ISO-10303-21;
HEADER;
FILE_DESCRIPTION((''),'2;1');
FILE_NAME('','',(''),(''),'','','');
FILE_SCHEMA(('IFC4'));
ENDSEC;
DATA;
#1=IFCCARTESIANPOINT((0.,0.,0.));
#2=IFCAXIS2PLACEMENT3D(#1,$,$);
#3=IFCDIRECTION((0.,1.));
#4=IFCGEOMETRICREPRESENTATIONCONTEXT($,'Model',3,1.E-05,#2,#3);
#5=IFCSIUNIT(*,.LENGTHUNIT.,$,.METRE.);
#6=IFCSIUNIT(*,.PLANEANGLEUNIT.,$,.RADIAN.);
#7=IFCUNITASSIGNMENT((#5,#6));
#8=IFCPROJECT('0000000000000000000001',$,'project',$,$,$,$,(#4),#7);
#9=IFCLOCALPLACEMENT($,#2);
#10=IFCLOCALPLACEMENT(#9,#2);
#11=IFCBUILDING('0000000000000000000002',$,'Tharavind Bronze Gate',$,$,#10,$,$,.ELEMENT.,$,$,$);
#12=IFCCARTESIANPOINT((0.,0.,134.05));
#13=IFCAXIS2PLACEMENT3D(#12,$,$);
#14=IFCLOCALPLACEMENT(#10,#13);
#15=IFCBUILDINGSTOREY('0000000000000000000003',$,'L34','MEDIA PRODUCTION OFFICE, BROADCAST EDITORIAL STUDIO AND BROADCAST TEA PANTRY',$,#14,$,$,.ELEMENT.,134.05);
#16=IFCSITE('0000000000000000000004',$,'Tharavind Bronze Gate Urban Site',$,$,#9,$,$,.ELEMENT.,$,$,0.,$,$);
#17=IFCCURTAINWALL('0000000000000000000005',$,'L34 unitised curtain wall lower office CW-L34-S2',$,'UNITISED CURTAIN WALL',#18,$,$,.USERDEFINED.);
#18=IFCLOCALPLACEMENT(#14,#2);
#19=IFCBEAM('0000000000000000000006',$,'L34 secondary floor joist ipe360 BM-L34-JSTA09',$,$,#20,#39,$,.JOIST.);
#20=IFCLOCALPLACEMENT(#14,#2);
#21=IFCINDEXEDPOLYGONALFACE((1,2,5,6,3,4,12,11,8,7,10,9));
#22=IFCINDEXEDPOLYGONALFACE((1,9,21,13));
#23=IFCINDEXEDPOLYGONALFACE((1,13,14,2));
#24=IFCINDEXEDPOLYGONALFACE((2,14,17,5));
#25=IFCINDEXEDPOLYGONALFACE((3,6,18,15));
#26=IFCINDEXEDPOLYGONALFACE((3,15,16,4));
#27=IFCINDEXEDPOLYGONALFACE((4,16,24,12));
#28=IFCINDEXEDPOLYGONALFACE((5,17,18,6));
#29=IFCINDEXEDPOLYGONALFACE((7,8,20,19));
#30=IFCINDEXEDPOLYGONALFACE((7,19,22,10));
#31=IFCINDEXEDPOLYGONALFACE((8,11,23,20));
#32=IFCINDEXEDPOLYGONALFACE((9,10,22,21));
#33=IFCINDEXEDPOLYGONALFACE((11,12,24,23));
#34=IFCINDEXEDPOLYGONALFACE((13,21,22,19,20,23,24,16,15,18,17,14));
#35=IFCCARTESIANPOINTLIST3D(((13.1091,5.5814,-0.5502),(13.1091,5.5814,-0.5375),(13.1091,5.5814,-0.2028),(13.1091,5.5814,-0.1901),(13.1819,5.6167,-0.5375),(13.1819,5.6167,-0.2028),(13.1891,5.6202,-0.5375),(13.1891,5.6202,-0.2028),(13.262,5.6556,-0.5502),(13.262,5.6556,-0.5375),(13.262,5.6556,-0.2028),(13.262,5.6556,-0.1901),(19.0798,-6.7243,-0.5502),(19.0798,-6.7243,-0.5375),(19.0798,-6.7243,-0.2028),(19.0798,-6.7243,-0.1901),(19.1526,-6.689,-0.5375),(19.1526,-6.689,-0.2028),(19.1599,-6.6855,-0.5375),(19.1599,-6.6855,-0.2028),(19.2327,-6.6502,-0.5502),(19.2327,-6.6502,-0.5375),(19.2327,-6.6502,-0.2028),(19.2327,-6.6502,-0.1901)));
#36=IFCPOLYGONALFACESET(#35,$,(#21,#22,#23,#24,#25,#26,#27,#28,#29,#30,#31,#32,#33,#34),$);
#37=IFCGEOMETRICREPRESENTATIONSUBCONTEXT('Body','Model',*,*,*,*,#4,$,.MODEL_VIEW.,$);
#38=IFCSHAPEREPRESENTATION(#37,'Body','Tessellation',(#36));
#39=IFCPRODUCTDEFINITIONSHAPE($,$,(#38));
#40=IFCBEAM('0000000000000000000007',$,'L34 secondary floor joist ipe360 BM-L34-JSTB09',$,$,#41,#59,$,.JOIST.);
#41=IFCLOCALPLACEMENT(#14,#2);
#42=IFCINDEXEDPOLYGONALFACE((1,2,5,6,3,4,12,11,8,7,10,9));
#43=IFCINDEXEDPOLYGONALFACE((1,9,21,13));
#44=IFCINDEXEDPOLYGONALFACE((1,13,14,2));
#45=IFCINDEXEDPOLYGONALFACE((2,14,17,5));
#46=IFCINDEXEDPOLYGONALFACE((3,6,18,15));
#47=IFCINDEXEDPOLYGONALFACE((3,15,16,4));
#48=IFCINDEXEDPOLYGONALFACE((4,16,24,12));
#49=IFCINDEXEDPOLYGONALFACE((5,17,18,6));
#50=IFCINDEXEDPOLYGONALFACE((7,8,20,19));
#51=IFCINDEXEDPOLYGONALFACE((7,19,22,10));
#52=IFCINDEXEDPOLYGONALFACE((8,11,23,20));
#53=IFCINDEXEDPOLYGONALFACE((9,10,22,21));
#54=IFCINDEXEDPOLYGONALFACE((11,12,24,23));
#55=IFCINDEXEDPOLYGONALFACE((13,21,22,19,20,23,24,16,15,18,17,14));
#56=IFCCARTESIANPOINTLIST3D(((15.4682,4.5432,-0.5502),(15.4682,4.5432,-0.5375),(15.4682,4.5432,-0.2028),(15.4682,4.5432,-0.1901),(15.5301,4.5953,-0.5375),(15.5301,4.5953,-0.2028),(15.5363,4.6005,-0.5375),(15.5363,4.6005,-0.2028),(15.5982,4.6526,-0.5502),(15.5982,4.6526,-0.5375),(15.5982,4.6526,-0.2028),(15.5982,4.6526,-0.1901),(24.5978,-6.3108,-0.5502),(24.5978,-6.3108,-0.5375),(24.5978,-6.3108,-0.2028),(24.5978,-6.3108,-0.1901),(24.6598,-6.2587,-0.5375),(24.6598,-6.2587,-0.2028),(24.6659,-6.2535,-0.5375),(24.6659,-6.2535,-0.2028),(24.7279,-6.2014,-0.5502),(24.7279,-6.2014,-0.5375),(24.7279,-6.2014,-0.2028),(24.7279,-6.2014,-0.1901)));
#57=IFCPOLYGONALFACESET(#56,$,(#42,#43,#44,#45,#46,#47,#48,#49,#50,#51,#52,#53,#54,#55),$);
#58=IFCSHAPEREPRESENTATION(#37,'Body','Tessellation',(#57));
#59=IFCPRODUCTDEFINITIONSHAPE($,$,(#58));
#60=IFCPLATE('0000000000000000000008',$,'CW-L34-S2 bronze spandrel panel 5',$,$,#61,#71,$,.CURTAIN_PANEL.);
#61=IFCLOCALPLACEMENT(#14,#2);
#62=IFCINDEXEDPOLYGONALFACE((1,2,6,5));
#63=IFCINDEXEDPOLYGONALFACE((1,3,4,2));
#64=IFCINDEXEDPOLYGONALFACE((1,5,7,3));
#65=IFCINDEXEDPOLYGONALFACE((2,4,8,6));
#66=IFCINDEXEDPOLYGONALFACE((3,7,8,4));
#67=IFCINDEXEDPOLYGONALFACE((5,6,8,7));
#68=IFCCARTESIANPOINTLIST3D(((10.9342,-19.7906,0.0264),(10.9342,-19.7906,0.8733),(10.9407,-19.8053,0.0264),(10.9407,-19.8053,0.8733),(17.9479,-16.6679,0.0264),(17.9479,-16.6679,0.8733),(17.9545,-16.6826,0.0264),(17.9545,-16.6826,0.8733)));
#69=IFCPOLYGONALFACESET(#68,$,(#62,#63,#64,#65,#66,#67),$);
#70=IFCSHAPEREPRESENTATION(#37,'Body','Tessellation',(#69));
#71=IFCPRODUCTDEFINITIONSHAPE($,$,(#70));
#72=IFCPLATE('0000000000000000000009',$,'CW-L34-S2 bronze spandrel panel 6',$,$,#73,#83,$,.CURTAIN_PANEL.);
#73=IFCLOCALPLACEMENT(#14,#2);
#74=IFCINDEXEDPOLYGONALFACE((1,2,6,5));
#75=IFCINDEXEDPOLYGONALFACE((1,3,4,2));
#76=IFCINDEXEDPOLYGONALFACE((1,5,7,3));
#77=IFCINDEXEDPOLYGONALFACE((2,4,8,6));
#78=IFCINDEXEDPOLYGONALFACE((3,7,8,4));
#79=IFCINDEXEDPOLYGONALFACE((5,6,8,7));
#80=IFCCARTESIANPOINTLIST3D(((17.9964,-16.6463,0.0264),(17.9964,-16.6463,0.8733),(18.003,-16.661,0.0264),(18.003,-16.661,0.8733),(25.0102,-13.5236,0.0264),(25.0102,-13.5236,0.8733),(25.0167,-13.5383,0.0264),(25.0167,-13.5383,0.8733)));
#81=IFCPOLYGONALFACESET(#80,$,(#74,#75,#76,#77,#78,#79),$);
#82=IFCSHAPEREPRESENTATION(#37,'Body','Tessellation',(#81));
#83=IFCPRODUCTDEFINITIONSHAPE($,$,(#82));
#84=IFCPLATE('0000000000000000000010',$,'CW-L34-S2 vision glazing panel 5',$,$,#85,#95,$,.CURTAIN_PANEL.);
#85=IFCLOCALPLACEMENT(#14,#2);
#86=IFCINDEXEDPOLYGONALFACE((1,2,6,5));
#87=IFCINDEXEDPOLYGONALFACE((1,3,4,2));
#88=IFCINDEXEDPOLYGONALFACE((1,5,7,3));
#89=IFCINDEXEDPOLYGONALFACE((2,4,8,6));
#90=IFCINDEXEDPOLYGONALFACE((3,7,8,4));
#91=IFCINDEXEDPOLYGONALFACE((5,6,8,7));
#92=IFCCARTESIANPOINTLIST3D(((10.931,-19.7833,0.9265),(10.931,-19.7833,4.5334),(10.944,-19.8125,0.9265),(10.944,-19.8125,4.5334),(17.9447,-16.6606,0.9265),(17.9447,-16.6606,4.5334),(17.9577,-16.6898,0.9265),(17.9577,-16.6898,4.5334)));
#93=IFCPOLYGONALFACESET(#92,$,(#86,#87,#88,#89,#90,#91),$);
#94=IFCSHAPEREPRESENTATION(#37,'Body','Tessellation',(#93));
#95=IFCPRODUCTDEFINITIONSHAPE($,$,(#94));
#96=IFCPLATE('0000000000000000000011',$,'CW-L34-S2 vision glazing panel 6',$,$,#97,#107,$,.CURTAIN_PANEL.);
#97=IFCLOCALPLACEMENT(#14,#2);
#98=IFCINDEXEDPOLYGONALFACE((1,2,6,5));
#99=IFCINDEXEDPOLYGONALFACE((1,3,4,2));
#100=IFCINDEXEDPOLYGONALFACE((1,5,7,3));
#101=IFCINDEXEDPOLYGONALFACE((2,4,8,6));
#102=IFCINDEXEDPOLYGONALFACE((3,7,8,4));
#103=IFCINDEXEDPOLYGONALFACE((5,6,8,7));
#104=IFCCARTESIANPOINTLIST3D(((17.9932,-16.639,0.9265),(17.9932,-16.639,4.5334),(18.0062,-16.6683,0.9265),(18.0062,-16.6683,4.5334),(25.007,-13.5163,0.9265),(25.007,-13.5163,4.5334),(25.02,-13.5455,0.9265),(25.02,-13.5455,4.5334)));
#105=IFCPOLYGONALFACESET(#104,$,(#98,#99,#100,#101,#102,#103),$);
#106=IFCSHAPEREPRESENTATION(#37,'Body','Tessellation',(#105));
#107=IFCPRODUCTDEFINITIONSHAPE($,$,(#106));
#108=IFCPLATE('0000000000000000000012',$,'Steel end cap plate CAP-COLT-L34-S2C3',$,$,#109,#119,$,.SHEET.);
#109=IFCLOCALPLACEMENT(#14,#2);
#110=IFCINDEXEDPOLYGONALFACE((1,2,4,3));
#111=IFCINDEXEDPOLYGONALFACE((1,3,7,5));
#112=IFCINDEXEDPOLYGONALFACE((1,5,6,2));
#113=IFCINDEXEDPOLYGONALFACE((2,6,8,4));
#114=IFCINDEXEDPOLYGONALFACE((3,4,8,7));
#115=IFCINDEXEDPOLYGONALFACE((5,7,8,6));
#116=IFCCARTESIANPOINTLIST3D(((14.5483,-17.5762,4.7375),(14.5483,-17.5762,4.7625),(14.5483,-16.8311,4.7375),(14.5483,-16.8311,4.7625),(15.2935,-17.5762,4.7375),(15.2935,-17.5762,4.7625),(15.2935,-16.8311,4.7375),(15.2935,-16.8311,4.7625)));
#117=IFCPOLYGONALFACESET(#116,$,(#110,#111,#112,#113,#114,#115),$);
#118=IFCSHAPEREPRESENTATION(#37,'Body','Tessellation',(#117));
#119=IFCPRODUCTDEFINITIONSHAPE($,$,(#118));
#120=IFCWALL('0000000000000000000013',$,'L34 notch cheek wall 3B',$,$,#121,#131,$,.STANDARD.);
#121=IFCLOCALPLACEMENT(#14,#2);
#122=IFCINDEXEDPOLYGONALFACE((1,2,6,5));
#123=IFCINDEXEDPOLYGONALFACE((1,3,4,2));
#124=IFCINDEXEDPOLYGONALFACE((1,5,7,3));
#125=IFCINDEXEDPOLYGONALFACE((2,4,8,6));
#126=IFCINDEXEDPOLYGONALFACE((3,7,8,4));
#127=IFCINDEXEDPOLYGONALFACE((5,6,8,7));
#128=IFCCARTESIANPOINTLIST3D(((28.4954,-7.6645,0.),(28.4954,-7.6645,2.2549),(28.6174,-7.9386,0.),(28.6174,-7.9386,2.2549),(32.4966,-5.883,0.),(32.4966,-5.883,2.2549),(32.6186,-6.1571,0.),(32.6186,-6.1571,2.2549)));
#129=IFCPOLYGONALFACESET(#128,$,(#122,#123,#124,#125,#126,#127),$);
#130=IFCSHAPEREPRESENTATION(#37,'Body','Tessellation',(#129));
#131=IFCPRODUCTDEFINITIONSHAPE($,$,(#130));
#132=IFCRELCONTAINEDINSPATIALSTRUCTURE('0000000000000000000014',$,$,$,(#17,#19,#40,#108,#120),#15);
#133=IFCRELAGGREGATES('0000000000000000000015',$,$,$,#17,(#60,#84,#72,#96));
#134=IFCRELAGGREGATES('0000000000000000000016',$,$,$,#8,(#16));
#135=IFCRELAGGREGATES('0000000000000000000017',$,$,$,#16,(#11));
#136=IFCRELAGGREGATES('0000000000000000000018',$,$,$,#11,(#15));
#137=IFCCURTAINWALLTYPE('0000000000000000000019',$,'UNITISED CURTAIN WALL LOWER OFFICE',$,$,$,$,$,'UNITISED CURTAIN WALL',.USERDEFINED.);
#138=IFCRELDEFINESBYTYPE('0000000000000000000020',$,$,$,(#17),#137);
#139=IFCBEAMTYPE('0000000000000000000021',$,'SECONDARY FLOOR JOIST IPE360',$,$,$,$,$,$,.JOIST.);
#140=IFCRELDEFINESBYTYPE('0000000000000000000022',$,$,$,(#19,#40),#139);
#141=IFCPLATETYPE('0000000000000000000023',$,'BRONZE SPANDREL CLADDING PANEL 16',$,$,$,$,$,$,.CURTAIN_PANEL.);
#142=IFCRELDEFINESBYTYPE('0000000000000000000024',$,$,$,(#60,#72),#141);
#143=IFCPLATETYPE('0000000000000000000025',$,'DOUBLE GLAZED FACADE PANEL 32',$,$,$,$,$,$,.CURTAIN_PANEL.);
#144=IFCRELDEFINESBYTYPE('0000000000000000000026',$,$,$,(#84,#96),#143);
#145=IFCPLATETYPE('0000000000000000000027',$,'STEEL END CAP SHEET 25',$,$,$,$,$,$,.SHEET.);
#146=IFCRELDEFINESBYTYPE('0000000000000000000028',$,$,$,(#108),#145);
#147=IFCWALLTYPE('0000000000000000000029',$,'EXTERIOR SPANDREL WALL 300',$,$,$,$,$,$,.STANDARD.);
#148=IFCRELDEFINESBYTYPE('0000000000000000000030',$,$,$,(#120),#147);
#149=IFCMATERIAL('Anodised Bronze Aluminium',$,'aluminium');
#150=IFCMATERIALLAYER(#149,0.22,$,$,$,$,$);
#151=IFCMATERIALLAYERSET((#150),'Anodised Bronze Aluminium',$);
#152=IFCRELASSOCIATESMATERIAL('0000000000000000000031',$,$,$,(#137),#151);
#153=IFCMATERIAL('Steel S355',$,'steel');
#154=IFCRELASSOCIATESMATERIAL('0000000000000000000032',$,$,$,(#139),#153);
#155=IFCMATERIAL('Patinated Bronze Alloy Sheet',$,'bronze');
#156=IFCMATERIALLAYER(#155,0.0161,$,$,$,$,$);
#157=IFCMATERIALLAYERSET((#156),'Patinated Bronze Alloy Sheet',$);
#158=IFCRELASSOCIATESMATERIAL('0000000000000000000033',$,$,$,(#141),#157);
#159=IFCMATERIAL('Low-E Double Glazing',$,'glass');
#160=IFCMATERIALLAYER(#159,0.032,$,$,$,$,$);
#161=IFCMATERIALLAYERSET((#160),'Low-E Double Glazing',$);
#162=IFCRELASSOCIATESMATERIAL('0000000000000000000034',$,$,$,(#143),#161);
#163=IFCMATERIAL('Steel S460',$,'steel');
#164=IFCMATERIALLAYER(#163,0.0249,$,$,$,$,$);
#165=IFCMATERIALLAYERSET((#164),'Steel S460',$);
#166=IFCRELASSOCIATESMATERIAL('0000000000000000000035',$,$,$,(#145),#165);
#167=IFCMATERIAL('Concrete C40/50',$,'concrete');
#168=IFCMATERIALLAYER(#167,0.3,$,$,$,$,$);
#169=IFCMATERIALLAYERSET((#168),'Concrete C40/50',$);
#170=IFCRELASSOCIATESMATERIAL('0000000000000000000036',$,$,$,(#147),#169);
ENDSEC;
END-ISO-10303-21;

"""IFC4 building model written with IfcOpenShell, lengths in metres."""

from ifc_helpers import new_model, si_unit, direction, frame, frame_2d, origin, origin_2d, place, context, subcontext, project, spatial, rectangle, i_section, extrude, material, layer, layer_set, material_profile, profile_set, type_object, element, aggregate, save


model = new_model("IFC4")

# Units and contexts
model_context = context("Model", 3, precision=1e-05, world=origin(), true_north=direction((0.0, 1.0)))
body_context = subcontext(model_context, "Body", "Model", "MODEL_VIEW")
ifc_project = project(units=[si_unit("LENGTHUNIT", "METRE"), si_unit("PLANEANGLEUNIT", "RADIAN")], contexts=[model_context])

# Site, building, storey
site_placement = place(None, origin())
site = spatial("IfcSite", under=ifc_project, at=site_placement, Name="Tharavind Bronze Gate Urban Site", CompositionType="ELEMENT", RefElevation=0.0)
building_placement = place(site_placement, origin())
building = spatial("IfcBuilding", under=site, at=building_placement, Name="Tharavind Bronze Gate", CompositionType="ELEMENT")
storey_placement = place(building_placement, frame((0.0, 0.0, 134.05)))
storey = spatial("IfcBuildingStorey", under=building, at=storey_placement, Name="L34", Description="MEDIA PRODUCTION OFFICE, BROADCAST EDITORIAL STUDIO AND BROADCAST TEA PANTRY", CompositionType="ELEMENT", Elevation=134.05)

# Shared definitions
ifc_material_1 = material(Name="Steel S460", Category="steel")

# Curtain wall
ifc_material_2 = material(Name="Anodised Bronze Aluminium", Category="aluminium")
ifc_layer_1 = layer(ifc_material_2, 0.22)
ifc_layer_set_1 = layer_set([ifc_layer_1], Name="Anodised Bronze Aluminium")
curtain_wall_type = type_object("IfcCurtainWallType", Name="UNITISED CURTAIN WALL LOWER OFFICE", ElementType="UNITISED CURTAIN WALL", PredefinedType="USERDEFINED", material=ifc_layer_set_1)
curtain_wall_1_placement = place(storey_placement, origin())
curtain_wall_1 = element("IfcCurtainWall", 1, at=curtain_wall_1_placement, inside=storey, type_object=curtain_wall_type, Name="L34 unitised curtain wall lower office CW-L34-S2", ObjectType="UNITISED CURTAIN WALL", PredefinedType="USERDEFINED")

# Beams
ifc_material_3 = material(Name="Steel S355", Category="steel")
ifc_material_profile_1 = material_profile(ifc_material_3, i_section(OverallWidth=0.1699, OverallDepth=0.3601, WebThickness=0.0081, FlangeThickness=0.0127, at=origin_2d()), Name="IPE360")
ifc_profile_set_1 = profile_set([ifc_material_profile_1], Name="Steel S355")
beam_type_1 = type_object("IfcBeamType", Name="SECONDARY FLOOR JOIST IPE360", PredefinedType="JOIST", material=ifc_profile_set_1)
beam_1_placement = place(storey_placement, frame((19.1562, -6.6873, -0.3701), z_axis=(-0.436529, 0.89969, 0.0), x_axis=(-0.89969, -0.436529, 0.0)))
element("IfcBeam", 2, at=beam_1_placement, inside=storey, type_object=beam_type_1, Name="L34 secondary floor joist ipe360 BM-L34-JSTA09", PredefinedType="JOIST", context=body_context, shape_type="SweptSolid", body=[
    extrude(i_section(OverallWidth=0.1699, OverallDepth=0.3601, WebThickness=0.0081, FlangeThickness=0.0127, at=origin_2d()), origin(), (0.0, 0.0, 1.0), 13.6777),
])
beam_2_placement = place(storey_placement, frame((24.6628, -6.2561, -0.3701), z_axis=(-0.643699, 0.765278, 0.0), x_axis=(-0.765278, -0.643699, 0.0)))
element("IfcBeam", 3, at=beam_2_placement, inside=storey, type_object=beam_type_1, Name="L34 secondary floor joist ipe360 BM-L34-JSTB09", PredefinedType="JOIST", context=body_context, shape_type="SweptSolid", body=[
    extrude(i_section(OverallWidth=0.1699, OverallDepth=0.3601, WebThickness=0.0081, FlangeThickness=0.0127, at=origin_2d()), origin(), (0.0, 0.0, 1.0), 14.1831),
])

# Plates
ifc_material_4 = material(Name="Patinated Bronze Alloy Sheet", Category="bronze")
ifc_layer_2 = layer(ifc_material_4, 0.0161)
ifc_layer_set_2 = layer_set([ifc_layer_2], Name="Patinated Bronze Alloy Sheet")
plate_type_1 = type_object("IfcPlateType", Name="BRONZE SPANDREL CLADDING PANEL 16", PredefinedType="CURTAIN_PANEL", material=ifc_layer_set_2)
plate_1_placement = place(storey_placement, frame((14.4443, -18.2366, 0.0264), z_axis=(0.0, 0.0, 1.0), x_axis=(0.913545, 0.406737, 0.0)))
plate_1 = element("IfcPlate", 4, at=plate_1_placement, type_object=plate_type_1, Name="CW-L34-S2 bronze spandrel panel 5", PredefinedType="CURTAIN_PANEL", context=body_context, shape_type="SweptSolid", body=[
    extrude(rectangle(XDim=7.6775, YDim=0.0161, at=origin_2d()), origin(), (0.0, 0.0, 1.0), 0.8469),
])
plate_2_placement = place(storey_placement, frame((21.5066, -15.0923, 0.0264), z_axis=(0.0, 0.0, 1.0), x_axis=(0.913545, 0.406737, 0.0)))
plate_2 = element("IfcPlate", 5, at=plate_2_placement, type_object=plate_type_1, Name="CW-L34-S2 bronze spandrel panel 6", PredefinedType="CURTAIN_PANEL", context=body_context, shape_type="SweptSolid", body=[
    extrude(rectangle(XDim=7.6775, YDim=0.0161, at=origin_2d()), origin(), (0.0, 0.0, 1.0), 0.8469),
])
ifc_material_5 = material(Name="Low-E Double Glazing", Category="glass")
ifc_layer_3 = layer(ifc_material_5, 0.032)
ifc_layer_set_3 = layer_set([ifc_layer_3], Name="Low-E Double Glazing")
plate_type_2 = type_object("IfcPlateType", Name="DOUBLE GLAZED FACADE PANEL 32", PredefinedType="CURTAIN_PANEL", material=ifc_layer_set_3)
plate_3_placement = place(storey_placement, frame((14.4443, -18.2366, 0.9265), z_axis=(0.0, 0.0, 1.0), x_axis=(0.913545, 0.406737, 0.0)))
plate_3 = element("IfcPlate", 6, at=plate_3_placement, type_object=plate_type_2, Name="CW-L34-S2 vision glazing panel 5", PredefinedType="CURTAIN_PANEL", context=body_context, shape_type="SweptSolid", body=[
    extrude(rectangle(XDim=7.6775, YDim=0.032, at=origin_2d()), origin(), (0.0, 0.0, 1.0), 3.6069),
])
plate_4_placement = place(storey_placement, frame((21.5066, -15.0923, 0.9265), z_axis=(0.0, 0.0, 1.0), x_axis=(0.913545, 0.406737, 0.0)))
plate_4 = element("IfcPlate", 7, at=plate_4_placement, type_object=plate_type_2, Name="CW-L34-S2 vision glazing panel 6", PredefinedType="CURTAIN_PANEL", context=body_context, shape_type="SweptSolid", body=[
    extrude(rectangle(XDim=7.6775, YDim=0.032, at=origin_2d()), origin(), (0.0, 0.0, 1.0), 3.6069),
])
aggregate(curtain_wall_1, [plate_1, plate_3, plate_2, plate_4])
ifc_layer_4 = layer(ifc_material_1, 0.0249)
ifc_layer_set_4 = layer_set([ifc_layer_4], Name="Steel S460")
plate_type_3 = type_object("IfcPlateType", Name="STEEL END CAP SHEET 25", PredefinedType="SHEET", material=ifc_layer_set_4)
plate_5_placement = place(storey_placement, frame((14.9209, -17.2036, 4.7375), z_axis=(0.0, 0.0, 1.0), x_axis=(1.0, 0.0, 0.0)))
element("IfcPlate", 8, at=plate_5_placement, inside=storey, type_object=plate_type_3, Name="Steel end cap plate CAP-COLT-L34-S2C3", PredefinedType="SHEET", context=body_context, shape_type="SweptSolid", body=[
    extrude(rectangle(XDim=0.7451, YDim=0.7451, at=origin_2d()), origin(), (0.0, 0.0, 1.0), 0.0249),
])

# Wall
ifc_material_6 = material(Name="Concrete C40/50", Category="concrete")
ifc_layer_5 = layer(ifc_material_6, 0.3)
ifc_layer_set_5 = layer_set([ifc_layer_5], Name="Concrete C40/50")
wall_type = type_object("IfcWallType", Name="EXTERIOR SPANDREL WALL 300", PredefinedType="STANDARD", material=ifc_layer_set_5)
wall_placement = place(storey_placement, frame((28.5564, -7.8015, 0.0), z_axis=(0.0, 0.0, 1.0), x_axis=(0.913542, 0.406743, 0.0)))
element("IfcWall", 9, at=wall_placement, inside=storey, type_object=wall_type, Name="L34 notch cheek wall 3B", PredefinedType="STANDARD", context=body_context, shape_type="SweptSolid", body=[
    extrude(rectangle(XDim=4.3799, YDim=0.3, at=frame_2d((2.1899, 0.0))), origin(), (0.0, 0.0, 1.0), 2.2549),
])

save(model, "model.ifc")
